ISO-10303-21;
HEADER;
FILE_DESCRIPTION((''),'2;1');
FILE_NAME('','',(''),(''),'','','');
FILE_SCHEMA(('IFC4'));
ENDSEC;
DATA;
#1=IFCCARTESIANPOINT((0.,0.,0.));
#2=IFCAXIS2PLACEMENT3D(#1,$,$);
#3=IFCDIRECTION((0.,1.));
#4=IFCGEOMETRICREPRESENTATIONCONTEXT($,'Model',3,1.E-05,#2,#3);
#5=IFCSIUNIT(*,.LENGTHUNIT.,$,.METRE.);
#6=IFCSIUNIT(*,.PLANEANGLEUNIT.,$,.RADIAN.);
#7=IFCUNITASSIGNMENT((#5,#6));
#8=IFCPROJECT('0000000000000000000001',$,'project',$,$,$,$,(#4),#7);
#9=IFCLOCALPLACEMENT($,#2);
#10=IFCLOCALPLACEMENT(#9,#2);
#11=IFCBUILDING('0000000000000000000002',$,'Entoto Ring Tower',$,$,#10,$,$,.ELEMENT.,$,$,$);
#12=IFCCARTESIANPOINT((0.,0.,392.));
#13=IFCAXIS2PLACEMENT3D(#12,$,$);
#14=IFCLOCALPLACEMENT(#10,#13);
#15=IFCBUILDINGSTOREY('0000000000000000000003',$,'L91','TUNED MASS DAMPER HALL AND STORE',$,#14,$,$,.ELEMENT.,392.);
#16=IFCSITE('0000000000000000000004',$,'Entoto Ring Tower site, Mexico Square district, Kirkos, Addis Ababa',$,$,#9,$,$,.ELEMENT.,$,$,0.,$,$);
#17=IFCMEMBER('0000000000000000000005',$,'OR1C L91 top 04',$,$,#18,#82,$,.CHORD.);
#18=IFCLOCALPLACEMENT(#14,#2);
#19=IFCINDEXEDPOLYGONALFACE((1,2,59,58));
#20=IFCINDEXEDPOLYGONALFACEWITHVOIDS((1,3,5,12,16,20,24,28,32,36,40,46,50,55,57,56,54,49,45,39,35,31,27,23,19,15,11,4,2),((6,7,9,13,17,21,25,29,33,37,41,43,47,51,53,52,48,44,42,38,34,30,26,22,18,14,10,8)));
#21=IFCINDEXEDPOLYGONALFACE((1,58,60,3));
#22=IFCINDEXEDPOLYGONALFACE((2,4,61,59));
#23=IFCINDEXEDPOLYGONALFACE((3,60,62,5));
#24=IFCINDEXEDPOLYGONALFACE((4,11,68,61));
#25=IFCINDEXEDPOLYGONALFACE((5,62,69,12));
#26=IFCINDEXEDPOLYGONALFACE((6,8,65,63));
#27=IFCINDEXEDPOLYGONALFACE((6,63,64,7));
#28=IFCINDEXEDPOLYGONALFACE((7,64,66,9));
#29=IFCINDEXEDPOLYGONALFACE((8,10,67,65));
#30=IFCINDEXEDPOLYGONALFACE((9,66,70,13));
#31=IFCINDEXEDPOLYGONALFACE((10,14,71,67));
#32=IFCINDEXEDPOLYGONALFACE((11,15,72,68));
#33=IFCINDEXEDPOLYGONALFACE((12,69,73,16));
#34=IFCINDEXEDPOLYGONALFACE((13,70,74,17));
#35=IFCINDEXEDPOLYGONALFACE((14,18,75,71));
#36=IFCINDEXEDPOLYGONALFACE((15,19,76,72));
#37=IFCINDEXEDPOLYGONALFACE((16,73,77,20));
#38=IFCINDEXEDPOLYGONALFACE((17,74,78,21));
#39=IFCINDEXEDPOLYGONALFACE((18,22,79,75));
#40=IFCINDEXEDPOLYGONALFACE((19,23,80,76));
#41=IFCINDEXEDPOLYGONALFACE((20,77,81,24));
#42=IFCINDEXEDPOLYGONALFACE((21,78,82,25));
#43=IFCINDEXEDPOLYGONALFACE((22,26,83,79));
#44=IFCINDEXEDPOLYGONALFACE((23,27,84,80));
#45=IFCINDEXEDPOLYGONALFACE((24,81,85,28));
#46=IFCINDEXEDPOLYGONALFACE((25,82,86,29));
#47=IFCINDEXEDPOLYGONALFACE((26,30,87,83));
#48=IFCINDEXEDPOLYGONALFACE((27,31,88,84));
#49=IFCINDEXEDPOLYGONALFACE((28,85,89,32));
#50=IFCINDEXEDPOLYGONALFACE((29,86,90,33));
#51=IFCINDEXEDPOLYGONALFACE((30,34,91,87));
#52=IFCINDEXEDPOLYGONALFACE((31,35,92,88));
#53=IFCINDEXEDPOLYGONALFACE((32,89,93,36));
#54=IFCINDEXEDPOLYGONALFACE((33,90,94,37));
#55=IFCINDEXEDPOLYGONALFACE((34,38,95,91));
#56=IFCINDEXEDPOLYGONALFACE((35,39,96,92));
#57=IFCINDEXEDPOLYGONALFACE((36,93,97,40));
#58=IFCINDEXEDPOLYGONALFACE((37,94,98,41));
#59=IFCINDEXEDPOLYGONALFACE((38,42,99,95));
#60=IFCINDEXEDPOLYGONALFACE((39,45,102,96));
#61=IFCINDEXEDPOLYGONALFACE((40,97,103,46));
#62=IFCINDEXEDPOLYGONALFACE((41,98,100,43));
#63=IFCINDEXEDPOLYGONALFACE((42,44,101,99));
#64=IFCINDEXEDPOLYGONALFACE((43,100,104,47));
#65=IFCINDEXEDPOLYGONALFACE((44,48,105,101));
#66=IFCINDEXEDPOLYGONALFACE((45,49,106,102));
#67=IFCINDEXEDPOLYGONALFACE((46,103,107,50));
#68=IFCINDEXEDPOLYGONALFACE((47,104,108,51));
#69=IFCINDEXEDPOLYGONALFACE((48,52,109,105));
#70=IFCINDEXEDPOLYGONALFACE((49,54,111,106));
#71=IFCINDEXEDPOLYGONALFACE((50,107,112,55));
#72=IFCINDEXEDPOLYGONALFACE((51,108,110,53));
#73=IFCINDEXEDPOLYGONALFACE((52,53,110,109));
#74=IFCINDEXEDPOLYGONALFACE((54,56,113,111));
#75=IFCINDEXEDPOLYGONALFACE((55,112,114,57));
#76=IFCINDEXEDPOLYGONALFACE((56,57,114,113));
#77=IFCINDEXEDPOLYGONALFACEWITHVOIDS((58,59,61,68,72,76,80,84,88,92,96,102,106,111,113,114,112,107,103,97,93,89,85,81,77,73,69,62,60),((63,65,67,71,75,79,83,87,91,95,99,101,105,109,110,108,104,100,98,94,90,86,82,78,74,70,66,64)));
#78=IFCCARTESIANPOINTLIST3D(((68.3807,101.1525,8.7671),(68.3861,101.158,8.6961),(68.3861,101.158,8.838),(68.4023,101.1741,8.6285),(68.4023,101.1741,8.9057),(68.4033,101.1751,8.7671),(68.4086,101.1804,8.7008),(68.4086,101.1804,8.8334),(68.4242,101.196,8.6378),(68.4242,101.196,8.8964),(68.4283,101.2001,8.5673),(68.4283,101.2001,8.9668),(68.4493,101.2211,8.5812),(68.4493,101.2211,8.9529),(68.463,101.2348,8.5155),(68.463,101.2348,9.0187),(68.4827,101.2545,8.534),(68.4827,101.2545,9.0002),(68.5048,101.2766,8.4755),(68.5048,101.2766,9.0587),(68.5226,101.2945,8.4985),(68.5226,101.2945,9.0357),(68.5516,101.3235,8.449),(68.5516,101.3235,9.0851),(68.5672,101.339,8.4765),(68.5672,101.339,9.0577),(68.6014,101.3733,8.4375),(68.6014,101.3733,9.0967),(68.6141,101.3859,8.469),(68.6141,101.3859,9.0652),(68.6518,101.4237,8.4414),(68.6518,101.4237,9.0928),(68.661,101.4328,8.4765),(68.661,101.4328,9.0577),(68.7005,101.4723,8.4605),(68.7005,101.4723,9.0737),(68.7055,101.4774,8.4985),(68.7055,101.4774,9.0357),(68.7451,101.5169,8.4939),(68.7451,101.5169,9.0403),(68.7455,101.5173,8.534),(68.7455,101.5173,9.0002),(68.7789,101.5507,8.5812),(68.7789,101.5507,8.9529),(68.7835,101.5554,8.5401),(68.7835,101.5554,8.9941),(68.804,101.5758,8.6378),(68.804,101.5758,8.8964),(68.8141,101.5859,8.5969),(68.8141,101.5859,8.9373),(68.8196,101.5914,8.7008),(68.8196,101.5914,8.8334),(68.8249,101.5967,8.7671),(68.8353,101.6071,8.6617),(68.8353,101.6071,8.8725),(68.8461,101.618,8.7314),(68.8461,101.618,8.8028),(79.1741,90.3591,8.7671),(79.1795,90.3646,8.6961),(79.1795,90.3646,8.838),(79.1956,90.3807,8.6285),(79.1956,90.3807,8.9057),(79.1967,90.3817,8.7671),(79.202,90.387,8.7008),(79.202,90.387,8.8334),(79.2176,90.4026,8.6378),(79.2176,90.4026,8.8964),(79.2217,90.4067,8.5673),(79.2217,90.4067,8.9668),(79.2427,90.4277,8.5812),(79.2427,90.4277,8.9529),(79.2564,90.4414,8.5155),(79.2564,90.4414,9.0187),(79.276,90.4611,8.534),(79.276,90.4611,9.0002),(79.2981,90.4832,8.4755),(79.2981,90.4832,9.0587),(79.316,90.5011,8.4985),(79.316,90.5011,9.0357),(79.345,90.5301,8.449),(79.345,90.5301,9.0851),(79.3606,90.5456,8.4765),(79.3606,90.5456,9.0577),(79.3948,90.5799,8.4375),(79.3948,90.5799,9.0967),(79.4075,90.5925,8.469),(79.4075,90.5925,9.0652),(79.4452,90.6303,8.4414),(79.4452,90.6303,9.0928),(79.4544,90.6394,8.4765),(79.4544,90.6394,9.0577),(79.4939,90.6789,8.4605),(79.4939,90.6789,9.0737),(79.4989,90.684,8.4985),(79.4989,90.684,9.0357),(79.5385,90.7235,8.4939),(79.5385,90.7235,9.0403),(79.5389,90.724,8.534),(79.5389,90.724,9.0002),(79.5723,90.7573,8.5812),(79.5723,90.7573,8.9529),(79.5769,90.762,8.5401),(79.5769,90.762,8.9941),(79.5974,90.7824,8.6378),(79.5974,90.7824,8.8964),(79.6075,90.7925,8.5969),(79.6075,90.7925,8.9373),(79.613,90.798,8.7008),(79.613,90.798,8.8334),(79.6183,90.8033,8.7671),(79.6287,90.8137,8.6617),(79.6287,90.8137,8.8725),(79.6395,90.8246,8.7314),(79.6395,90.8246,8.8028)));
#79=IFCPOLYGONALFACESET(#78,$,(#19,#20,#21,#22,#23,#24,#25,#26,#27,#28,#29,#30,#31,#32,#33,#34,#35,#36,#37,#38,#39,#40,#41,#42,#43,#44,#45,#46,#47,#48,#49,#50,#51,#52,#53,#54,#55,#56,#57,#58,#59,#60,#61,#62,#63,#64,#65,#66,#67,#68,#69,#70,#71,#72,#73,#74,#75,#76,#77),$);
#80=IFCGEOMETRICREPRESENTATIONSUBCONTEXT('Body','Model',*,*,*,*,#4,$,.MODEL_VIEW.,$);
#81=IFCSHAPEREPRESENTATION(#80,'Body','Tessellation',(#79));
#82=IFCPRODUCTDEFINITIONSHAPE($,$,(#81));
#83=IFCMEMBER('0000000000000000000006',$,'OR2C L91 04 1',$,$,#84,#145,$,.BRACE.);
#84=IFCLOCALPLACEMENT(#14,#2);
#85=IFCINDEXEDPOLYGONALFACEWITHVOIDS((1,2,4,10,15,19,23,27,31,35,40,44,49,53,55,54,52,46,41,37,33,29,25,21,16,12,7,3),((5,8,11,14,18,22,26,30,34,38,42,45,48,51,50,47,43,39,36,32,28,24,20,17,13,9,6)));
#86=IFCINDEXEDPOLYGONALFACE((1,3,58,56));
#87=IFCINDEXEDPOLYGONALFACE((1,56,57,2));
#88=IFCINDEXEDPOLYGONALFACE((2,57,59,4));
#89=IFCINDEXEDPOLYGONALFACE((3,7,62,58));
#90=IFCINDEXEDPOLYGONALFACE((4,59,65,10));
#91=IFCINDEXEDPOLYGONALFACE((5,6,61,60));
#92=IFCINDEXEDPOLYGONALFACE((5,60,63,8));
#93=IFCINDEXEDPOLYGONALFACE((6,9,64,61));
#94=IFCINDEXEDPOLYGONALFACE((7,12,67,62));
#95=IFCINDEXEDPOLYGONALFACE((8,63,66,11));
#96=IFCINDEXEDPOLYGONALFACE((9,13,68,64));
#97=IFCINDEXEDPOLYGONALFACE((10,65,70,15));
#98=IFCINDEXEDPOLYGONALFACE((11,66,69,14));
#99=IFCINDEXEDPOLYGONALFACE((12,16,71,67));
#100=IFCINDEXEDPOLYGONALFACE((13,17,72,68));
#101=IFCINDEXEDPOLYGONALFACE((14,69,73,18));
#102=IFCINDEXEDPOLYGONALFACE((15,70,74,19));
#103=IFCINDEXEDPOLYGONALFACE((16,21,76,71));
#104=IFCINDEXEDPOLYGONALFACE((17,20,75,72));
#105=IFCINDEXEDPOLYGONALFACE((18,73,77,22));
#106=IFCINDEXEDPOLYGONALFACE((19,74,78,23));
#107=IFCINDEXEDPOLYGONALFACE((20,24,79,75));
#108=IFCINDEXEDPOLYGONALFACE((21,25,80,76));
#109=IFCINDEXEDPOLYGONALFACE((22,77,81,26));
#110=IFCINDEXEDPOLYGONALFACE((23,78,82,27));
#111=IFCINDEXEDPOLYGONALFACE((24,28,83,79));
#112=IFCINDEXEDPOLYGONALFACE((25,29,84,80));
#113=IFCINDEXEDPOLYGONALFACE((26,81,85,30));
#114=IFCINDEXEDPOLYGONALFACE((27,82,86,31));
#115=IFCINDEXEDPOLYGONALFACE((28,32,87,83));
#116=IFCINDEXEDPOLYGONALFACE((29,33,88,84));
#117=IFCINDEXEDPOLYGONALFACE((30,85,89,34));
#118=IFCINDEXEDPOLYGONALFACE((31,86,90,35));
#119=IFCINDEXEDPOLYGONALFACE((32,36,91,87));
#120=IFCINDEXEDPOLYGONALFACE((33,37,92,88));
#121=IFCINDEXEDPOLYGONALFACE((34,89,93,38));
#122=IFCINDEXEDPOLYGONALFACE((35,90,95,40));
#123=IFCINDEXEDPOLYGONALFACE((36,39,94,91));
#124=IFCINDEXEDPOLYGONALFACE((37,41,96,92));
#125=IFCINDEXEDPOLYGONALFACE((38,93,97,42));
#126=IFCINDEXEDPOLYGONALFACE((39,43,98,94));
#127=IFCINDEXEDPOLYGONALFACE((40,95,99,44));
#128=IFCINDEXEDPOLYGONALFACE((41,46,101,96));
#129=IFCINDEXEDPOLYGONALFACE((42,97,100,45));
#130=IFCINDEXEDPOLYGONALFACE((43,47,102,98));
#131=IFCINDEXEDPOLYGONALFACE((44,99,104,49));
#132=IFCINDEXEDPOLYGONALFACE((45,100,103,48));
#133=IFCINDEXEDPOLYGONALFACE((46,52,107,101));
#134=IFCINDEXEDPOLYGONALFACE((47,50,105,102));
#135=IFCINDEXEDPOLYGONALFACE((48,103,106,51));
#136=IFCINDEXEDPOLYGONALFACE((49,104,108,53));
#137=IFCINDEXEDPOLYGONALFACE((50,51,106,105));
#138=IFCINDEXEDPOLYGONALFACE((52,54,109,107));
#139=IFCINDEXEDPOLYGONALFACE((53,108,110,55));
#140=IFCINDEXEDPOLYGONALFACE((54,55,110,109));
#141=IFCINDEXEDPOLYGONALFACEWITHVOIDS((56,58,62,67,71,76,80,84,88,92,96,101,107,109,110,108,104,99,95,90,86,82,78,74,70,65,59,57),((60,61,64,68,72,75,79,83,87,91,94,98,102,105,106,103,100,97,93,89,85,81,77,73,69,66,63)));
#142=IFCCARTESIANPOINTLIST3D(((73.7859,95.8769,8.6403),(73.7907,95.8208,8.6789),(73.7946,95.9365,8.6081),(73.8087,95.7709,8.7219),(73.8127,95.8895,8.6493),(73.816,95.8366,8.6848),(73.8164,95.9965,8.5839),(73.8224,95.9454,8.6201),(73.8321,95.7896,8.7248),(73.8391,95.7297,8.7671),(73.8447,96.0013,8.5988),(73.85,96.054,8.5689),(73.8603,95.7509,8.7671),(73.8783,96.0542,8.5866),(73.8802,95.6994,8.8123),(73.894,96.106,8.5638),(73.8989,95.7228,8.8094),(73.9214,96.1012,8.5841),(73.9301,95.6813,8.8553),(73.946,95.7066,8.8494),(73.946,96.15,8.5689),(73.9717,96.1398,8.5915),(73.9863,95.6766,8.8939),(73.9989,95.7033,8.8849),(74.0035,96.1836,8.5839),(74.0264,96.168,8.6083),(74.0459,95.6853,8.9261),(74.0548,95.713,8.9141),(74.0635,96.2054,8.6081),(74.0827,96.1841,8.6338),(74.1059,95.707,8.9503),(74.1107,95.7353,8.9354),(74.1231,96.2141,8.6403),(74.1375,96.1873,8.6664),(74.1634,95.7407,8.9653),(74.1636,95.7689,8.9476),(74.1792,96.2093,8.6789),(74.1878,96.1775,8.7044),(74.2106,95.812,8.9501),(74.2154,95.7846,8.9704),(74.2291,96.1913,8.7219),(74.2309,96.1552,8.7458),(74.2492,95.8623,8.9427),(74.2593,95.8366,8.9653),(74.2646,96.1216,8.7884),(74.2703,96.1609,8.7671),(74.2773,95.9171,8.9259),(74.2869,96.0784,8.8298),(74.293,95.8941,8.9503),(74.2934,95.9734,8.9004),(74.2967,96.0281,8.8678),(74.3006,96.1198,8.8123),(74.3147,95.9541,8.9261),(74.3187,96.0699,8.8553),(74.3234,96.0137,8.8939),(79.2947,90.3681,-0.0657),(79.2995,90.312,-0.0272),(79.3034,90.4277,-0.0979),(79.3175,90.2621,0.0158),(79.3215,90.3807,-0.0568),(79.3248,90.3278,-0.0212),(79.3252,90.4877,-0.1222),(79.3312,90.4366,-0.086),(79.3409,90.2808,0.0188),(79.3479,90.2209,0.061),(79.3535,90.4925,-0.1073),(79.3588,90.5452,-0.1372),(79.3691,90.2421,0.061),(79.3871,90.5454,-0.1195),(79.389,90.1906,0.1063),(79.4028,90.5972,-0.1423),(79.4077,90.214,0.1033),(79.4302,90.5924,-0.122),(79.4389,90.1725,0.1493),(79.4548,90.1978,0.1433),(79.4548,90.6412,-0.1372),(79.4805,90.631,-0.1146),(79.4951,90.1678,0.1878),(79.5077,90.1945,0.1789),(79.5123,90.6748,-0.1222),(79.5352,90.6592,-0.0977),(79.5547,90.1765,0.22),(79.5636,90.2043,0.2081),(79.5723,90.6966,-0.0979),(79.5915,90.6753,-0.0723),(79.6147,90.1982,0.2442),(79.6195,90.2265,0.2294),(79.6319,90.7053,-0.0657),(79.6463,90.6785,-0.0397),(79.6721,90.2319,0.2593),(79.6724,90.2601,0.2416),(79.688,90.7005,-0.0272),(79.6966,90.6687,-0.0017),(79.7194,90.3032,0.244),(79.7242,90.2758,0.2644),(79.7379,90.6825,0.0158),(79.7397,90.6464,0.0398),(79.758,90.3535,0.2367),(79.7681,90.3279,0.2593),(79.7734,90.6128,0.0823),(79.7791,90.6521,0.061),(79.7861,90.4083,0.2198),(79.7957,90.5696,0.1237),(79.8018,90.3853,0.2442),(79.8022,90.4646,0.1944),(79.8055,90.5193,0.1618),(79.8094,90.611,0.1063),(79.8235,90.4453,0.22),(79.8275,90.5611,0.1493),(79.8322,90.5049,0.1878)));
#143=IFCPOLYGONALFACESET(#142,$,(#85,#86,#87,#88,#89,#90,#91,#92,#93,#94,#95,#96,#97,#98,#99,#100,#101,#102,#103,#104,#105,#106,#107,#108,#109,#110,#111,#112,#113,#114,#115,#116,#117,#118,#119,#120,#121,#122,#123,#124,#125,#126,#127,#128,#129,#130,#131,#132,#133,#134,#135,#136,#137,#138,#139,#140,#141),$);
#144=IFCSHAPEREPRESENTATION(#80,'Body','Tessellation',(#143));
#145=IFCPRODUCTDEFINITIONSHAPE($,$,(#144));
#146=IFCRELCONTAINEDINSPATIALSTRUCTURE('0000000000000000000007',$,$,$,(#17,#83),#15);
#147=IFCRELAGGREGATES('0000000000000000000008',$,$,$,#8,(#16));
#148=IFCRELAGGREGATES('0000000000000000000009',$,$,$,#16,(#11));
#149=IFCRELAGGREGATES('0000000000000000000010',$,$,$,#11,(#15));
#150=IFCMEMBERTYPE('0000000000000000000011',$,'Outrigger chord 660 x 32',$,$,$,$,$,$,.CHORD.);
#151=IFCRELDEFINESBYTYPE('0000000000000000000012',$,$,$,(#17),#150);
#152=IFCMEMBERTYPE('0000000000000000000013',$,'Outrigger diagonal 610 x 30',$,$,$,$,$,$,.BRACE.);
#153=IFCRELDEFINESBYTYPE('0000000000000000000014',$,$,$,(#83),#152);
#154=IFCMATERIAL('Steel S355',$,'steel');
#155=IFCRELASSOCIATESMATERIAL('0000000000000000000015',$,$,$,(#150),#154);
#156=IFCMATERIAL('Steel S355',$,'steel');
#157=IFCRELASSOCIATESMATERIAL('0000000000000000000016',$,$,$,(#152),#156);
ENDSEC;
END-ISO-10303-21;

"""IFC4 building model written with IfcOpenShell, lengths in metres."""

from ifc_helpers import new_model, si_unit, direction, frame, origin, origin_2d, place, context, subcontext, project, spatial, circle, hollow_circle, extrude, material, material_profile, profile_set, type_object, element, save


model = new_model("IFC4")

# Units and contexts
model_context = context("Model", 3, precision=1e-05, world=origin(), true_north=direction((0.0, 1.0)))
body_context = subcontext(model_context, "Body", "Model", "MODEL_VIEW")
ifc_project = project(units=[si_unit("LENGTHUNIT", "METRE"), si_unit("PLANEANGLEUNIT", "RADIAN")], contexts=[model_context])

# Site, building, storey
site_placement = place(None, origin())
site = spatial("IfcSite", under=ifc_project, at=site_placement, Name="Entoto Ring Tower site, Mexico Square district, Kirkos, Addis Ababa", CompositionType="ELEMENT", RefElevation=0.0)
building_placement = place(site_placement, origin())
building = spatial("IfcBuilding", under=site, at=building_placement, Name="Entoto Ring Tower", CompositionType="ELEMENT")
storey_placement = place(building_placement, frame((0.0, 0.0, 392.0)))
storey = spatial("IfcBuildingStorey", under=building, at=storey_placement, Name="L91", Description="TUNED MASS DAMPER HALL AND STORE", CompositionType="ELEMENT", Elevation=392.0)

# Members
ifc_material_1 = material(Name="Steel S355", Category="steel")
ifc_material_profile_1 = material_profile(ifc_material_1, hollow_circle(Radius=0.3301, WallThickness=0.032, at=origin_2d()), Name="CHS 660 x 32")
ifc_material_2 = material(Name="Concrete C60/75", Category="concrete")
ifc_material_profile_2 = material_profile(ifc_material_2, circle(Radius=0.2981, at=origin_2d()), Name="Concrete C60/75 infill")
ifc_profile_set_1 = profile_set([ifc_material_profile_1, ifc_material_profile_2], Name="Steel S355")
member_type_1 = type_object("IfcMemberType", Name="Outrigger chord 660 x 32", PredefinedType="CHORD", material=ifc_profile_set_1)
for number, where, z_axis, x_axis, name in (
    (1, (79.4075, 90.5925, 8.7671), (-0.707107, 0.707107, 0.0), (-0.707107, -0.707107, 0.0), "OR1C L91 top 04"),
):
    element("IfcMember", number, at=place(storey_placement, frame(where, z_axis=z_axis, x_axis=x_axis)), inside=storey, type_object=member_type_1, Name=name, PredefinedType="CHORD", context=body_context, shape_type="SweptSolid", body=[
        extrude(hollow_circle(Radius=0.3301, WallThickness=0.032, at=origin_2d()), origin(), (0.0, 0.0, 1.0), 15.2642),
    ])
ifc_material_3 = material(Name="Steel S355", Category="steel")
ifc_material_profile_3 = material_profile(ifc_material_3, hollow_circle(Radius=0.3049, WallThickness=0.03, at=origin_2d()), Name="CHS 610 x 30")
ifc_material_4 = material(Name="Concrete C60/75", Category="concrete")
ifc_material_profile_4 = material_profile(ifc_material_4, circle(Radius=0.2749, at=origin_2d()), Name="Concrete C60/75 infill")
ifc_profile_set_2 = profile_set([ifc_material_profile_3, ifc_material_profile_4], Name="Steel S355")
member_type_2 = type_object("IfcMemberType", Name="Outrigger diagonal 610 x 30", PredefinedType="BRACE", material=ifc_profile_set_2)
member_1_placement = place(storey_placement, frame((79.5635, 90.4365, 0.061), z_axis=(-0.471528, 0.471528, 0.7452), x_axis=(-0.707107, -0.707107, 0.0)))
element("IfcMember", 2, at=member_1_placement, inside=storey, type_object=member_type_2, Name="OR2C L91 04 1", PredefinedType="BRACE", context=body_context, shape_type="SweptSolid", body=[
    extrude(hollow_circle(Radius=0.3049, WallThickness=0.03, at=origin_2d()), origin(), (0.0, 0.0, 1.0), 11.6829),
])

save(model, "model.ifc")
